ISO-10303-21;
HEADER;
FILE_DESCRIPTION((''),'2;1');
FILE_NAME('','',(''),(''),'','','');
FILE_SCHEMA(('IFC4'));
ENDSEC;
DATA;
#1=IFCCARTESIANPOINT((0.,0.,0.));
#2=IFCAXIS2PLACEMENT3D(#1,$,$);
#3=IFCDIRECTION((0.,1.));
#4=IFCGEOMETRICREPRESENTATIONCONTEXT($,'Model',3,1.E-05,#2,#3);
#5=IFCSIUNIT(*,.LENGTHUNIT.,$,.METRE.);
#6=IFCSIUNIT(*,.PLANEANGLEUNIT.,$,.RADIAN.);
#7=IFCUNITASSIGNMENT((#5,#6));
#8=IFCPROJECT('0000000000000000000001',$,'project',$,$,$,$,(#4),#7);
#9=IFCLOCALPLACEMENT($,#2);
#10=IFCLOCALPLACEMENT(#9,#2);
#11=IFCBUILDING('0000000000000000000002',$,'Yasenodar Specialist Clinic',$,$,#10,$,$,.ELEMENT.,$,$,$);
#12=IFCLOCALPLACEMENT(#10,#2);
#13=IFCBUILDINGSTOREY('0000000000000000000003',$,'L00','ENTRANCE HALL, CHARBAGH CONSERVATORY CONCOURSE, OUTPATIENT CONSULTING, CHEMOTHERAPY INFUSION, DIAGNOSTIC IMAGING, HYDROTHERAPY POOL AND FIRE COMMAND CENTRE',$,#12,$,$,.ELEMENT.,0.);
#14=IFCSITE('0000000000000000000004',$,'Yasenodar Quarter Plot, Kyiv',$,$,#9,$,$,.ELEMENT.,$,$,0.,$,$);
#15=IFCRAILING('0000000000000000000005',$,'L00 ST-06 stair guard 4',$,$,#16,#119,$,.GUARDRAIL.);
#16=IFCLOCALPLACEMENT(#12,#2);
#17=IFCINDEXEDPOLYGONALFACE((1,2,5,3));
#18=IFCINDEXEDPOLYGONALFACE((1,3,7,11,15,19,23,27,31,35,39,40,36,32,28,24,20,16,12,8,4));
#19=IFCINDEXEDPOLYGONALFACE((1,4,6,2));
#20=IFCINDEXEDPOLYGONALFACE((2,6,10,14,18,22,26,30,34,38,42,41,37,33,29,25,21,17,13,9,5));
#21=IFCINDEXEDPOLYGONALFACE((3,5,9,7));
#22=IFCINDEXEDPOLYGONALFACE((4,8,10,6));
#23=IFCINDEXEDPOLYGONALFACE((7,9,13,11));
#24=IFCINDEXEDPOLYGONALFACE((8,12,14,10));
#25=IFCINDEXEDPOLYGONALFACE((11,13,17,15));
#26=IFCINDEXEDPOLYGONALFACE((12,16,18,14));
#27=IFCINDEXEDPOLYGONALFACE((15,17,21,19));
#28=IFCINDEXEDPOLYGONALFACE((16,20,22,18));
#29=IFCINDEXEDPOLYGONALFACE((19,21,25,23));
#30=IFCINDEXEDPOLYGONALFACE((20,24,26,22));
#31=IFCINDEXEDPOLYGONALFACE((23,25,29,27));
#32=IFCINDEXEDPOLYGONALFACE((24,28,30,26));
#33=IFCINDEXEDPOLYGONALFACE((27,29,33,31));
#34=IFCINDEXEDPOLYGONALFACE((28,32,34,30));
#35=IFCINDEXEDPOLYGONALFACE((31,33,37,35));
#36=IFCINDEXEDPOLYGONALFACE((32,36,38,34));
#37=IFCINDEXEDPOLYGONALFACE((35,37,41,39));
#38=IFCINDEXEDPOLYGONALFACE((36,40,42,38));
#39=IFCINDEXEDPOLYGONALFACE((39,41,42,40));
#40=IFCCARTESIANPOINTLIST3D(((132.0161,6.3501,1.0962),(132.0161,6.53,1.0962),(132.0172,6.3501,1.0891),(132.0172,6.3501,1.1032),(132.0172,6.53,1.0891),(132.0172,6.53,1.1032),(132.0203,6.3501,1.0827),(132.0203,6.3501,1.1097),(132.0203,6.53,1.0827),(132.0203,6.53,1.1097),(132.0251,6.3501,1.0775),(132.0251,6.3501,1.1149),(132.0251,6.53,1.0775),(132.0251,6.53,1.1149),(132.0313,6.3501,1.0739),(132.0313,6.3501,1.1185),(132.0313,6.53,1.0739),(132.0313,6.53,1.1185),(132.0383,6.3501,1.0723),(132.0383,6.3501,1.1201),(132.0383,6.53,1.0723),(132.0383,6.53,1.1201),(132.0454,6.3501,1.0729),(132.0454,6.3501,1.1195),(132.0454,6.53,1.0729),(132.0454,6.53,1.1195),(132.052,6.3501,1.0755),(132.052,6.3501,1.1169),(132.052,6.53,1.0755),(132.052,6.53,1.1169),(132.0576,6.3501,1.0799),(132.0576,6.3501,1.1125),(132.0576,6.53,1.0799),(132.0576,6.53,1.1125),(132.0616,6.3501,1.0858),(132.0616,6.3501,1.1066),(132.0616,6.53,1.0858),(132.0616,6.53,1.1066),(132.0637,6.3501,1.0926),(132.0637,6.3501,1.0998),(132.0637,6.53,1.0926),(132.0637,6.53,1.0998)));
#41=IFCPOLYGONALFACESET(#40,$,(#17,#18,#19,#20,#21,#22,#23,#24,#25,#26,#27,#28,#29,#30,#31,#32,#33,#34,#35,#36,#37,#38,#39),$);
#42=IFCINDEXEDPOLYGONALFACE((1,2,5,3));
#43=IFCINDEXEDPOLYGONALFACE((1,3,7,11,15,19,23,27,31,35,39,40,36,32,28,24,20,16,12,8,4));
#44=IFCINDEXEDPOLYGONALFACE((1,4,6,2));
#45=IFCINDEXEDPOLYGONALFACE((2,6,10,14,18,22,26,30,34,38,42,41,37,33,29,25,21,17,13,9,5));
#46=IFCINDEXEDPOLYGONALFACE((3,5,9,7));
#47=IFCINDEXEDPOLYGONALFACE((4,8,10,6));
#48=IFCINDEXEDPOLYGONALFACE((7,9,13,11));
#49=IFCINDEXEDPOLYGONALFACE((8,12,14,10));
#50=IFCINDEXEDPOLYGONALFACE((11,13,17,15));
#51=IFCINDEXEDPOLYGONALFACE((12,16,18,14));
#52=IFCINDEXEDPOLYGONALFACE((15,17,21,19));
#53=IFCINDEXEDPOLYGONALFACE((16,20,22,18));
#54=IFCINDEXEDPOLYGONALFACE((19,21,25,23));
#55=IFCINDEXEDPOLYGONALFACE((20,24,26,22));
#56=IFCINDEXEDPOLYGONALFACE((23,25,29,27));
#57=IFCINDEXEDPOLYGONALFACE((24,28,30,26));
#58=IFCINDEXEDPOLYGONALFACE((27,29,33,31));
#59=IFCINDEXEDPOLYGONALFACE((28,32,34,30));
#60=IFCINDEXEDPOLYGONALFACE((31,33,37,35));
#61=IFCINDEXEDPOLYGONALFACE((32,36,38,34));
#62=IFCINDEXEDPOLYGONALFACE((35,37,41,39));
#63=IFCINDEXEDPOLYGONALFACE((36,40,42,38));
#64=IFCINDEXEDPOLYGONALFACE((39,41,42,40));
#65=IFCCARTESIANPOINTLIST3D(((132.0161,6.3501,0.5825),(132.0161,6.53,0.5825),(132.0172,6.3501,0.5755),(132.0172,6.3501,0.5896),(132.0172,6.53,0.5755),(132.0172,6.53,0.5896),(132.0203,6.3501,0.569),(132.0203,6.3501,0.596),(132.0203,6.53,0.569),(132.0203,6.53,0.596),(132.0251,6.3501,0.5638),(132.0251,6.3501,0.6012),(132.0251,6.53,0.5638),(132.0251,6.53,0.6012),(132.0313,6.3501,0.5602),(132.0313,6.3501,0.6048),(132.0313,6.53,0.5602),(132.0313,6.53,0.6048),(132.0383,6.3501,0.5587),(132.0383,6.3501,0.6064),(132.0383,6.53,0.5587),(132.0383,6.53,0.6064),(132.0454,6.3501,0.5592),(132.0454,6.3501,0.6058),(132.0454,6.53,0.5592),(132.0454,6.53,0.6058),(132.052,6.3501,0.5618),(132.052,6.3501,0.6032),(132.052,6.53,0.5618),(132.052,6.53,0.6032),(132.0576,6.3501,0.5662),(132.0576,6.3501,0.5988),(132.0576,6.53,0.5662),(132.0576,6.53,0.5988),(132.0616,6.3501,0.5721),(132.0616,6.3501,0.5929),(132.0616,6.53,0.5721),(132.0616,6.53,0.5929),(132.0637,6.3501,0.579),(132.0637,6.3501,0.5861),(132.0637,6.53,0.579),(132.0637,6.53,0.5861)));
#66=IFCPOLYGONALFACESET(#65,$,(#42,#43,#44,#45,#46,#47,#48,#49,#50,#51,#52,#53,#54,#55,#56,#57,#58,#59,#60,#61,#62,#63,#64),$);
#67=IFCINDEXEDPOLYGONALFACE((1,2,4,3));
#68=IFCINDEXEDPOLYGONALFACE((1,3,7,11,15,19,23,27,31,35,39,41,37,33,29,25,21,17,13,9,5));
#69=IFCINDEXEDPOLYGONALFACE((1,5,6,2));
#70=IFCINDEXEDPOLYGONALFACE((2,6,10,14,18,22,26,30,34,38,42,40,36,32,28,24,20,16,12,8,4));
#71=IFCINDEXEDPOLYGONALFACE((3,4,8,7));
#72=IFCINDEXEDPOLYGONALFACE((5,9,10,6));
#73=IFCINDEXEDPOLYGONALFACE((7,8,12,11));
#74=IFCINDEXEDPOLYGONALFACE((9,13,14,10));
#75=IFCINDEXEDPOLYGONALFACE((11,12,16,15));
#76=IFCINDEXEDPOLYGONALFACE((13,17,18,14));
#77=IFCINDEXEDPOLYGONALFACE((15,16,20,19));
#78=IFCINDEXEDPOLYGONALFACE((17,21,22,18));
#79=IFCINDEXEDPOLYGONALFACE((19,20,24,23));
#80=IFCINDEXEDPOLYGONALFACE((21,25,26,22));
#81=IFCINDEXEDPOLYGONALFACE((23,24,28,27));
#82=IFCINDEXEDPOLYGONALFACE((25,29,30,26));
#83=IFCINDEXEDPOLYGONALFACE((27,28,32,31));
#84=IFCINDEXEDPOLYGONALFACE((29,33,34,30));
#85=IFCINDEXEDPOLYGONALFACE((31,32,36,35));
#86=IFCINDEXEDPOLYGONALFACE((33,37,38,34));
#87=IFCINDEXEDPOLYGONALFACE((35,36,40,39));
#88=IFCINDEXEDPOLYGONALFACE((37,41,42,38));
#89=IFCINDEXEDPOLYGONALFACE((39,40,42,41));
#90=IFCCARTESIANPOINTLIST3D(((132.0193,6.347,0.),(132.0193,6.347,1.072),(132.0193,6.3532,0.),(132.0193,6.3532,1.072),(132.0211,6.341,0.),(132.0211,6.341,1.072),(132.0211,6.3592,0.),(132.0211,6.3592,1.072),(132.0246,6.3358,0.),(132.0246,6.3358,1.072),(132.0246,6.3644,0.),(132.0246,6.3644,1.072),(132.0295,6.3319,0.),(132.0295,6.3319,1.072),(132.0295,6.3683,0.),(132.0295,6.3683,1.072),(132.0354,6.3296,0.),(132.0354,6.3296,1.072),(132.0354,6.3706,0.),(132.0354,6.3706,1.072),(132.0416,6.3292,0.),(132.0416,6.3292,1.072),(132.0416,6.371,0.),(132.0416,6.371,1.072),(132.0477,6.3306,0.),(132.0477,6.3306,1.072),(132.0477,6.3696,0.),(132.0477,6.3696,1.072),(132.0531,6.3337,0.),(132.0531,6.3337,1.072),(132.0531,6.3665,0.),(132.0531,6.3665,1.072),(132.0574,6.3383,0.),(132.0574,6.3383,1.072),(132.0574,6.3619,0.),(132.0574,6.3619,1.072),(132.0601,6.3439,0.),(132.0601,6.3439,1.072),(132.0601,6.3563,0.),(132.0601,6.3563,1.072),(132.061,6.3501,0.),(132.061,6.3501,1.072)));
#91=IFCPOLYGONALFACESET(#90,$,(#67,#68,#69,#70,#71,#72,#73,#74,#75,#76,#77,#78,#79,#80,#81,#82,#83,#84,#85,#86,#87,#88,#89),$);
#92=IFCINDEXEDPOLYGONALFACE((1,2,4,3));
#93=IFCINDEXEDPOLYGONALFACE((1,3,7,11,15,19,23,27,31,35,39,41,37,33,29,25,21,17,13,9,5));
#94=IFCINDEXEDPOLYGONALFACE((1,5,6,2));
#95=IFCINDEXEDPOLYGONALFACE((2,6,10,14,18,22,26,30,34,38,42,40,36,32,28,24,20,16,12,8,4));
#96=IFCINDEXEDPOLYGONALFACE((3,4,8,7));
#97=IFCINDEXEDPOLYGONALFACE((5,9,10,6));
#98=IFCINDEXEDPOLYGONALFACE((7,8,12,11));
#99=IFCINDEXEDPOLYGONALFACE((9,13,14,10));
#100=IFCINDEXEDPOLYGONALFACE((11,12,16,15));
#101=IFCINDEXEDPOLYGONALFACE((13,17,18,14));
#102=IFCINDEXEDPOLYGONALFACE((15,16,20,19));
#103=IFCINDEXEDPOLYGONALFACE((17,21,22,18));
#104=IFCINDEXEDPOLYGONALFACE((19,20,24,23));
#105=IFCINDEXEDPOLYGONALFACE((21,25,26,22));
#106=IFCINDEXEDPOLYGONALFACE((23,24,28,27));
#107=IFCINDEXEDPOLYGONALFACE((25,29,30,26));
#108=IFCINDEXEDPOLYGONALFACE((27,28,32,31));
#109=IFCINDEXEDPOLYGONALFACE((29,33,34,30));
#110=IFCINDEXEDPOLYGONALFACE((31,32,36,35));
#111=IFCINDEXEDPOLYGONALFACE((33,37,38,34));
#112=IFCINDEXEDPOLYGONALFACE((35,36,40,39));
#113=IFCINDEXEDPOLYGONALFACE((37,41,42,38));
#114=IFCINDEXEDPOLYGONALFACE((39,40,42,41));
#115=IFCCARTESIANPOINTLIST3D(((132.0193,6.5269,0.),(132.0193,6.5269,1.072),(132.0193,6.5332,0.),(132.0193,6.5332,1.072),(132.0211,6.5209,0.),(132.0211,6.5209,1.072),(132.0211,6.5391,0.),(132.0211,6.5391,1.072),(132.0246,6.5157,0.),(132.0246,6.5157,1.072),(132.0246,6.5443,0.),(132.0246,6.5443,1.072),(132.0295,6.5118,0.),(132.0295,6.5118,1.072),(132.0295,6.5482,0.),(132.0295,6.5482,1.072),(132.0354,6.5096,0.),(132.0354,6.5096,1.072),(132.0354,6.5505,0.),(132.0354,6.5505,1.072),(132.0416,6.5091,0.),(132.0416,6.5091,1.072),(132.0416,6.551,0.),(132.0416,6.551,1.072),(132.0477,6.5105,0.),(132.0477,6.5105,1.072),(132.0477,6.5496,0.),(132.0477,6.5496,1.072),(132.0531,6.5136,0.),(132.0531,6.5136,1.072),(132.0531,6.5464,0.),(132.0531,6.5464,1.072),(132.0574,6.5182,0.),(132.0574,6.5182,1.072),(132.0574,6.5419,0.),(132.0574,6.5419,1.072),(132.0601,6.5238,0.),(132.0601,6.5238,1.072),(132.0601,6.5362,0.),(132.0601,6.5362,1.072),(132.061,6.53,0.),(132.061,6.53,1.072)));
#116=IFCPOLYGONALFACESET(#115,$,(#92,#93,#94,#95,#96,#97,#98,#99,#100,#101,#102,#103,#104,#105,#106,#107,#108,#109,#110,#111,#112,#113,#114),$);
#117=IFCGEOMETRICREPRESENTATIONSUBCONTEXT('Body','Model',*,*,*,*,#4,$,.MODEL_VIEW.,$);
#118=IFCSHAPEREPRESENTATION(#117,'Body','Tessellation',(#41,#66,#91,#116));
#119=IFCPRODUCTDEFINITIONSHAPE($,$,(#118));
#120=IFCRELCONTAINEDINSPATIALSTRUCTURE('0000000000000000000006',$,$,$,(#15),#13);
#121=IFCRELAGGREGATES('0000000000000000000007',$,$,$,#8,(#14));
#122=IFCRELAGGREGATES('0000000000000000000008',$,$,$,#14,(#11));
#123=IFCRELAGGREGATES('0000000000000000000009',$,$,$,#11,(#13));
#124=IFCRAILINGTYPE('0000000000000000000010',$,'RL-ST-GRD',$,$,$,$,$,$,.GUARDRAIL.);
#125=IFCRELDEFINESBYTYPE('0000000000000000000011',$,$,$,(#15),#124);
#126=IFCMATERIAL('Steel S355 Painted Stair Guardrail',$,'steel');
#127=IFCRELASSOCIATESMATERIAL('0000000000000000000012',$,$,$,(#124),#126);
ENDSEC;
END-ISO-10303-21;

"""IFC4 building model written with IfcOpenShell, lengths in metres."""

from ifc_helpers import new_model, si_unit, direction, frame, origin, origin_2d, place, context, subcontext, project, spatial, circle, extrude, material, type_object, element, save


model = new_model("IFC4")

# Units and contexts
model_context = context("Model", 3, precision=1e-05, world=origin(), true_north=direction((0.0, 1.0)))
body_context = subcontext(model_context, "Body", "Model", "MODEL_VIEW")
ifc_project = project(units=[si_unit("LENGTHUNIT", "METRE"), si_unit("PLANEANGLEUNIT", "RADIAN")], contexts=[model_context])

# Site, building, storey
site_placement = place(None, origin())
site = spatial("IfcSite", under=ifc_project, at=site_placement, Name="Yasenodar Quarter Plot, Kyiv", CompositionType="ELEMENT", RefElevation=0.0)
building_placement = place(site_placement, origin())
building = spatial("IfcBuilding", under=site, at=building_placement, Name="Yasenodar Specialist Clinic", CompositionType="ELEMENT")
storey_placement = place(building_placement, origin())
storey = spatial("IfcBuildingStorey", under=building, at=storey_placement, Name="L00", Description="ENTRANCE HALL, CHARBAGH CONSERVATORY CONCOURSE, OUTPATIENT CONSULTING, CHEMOTHERAPY INFUSION, DIAGNOSTIC IMAGING, HYDROTHERAPY POOL AND FIRE COMMAND CENTRE", CompositionType="ELEMENT", Elevation=0.0)

# Railing
ifc_material_1 = material(Name="Steel S355 Painted Stair Guardrail", Category="steel")
railing_type_1 = type_object("IfcRailingType", Name="RL-ST-GRD", PredefinedType="GUARDRAIL", material=ifc_material_1)
railing_1_placement = place(storey_placement, frame((132.04, 6.3501, 0.0)))
element("IfcRailing", 1, at=railing_1_placement, inside=storey, type_object=railing_type_1, Name="L00 ST-06 stair guard 4", PredefinedType="GUARDRAIL", context=body_context, shape_type="SweptSolid", body=[
    extrude(circle(Radius=0.0239, at=origin_2d()), frame((0.0, 0.0, 1.0962), z_axis=(0.0, 1.0, 0.0), x_axis=(-1.0, 0.0, 0.0)), (0.0, 0.0, 1.0), 0.1799),
    extrude(circle(Radius=0.0239, at=origin_2d()), frame((0.0, 0.0, 0.5825), z_axis=(0.0, 1.0, 0.0), x_axis=(-1.0, 0.0, 0.0)), (0.0, 0.0, 1.0), 0.1799),
    extrude(circle(Radius=0.021, at=origin_2d()), origin(), (0.0, 0.0, 1.0), 1.072),
    extrude(circle(Radius=0.021, at=origin_2d()), frame((0.0, 0.1799, 0.0)), (0.0, 0.0, 1.0), 1.072),
])

save(model, "model.ifc")
